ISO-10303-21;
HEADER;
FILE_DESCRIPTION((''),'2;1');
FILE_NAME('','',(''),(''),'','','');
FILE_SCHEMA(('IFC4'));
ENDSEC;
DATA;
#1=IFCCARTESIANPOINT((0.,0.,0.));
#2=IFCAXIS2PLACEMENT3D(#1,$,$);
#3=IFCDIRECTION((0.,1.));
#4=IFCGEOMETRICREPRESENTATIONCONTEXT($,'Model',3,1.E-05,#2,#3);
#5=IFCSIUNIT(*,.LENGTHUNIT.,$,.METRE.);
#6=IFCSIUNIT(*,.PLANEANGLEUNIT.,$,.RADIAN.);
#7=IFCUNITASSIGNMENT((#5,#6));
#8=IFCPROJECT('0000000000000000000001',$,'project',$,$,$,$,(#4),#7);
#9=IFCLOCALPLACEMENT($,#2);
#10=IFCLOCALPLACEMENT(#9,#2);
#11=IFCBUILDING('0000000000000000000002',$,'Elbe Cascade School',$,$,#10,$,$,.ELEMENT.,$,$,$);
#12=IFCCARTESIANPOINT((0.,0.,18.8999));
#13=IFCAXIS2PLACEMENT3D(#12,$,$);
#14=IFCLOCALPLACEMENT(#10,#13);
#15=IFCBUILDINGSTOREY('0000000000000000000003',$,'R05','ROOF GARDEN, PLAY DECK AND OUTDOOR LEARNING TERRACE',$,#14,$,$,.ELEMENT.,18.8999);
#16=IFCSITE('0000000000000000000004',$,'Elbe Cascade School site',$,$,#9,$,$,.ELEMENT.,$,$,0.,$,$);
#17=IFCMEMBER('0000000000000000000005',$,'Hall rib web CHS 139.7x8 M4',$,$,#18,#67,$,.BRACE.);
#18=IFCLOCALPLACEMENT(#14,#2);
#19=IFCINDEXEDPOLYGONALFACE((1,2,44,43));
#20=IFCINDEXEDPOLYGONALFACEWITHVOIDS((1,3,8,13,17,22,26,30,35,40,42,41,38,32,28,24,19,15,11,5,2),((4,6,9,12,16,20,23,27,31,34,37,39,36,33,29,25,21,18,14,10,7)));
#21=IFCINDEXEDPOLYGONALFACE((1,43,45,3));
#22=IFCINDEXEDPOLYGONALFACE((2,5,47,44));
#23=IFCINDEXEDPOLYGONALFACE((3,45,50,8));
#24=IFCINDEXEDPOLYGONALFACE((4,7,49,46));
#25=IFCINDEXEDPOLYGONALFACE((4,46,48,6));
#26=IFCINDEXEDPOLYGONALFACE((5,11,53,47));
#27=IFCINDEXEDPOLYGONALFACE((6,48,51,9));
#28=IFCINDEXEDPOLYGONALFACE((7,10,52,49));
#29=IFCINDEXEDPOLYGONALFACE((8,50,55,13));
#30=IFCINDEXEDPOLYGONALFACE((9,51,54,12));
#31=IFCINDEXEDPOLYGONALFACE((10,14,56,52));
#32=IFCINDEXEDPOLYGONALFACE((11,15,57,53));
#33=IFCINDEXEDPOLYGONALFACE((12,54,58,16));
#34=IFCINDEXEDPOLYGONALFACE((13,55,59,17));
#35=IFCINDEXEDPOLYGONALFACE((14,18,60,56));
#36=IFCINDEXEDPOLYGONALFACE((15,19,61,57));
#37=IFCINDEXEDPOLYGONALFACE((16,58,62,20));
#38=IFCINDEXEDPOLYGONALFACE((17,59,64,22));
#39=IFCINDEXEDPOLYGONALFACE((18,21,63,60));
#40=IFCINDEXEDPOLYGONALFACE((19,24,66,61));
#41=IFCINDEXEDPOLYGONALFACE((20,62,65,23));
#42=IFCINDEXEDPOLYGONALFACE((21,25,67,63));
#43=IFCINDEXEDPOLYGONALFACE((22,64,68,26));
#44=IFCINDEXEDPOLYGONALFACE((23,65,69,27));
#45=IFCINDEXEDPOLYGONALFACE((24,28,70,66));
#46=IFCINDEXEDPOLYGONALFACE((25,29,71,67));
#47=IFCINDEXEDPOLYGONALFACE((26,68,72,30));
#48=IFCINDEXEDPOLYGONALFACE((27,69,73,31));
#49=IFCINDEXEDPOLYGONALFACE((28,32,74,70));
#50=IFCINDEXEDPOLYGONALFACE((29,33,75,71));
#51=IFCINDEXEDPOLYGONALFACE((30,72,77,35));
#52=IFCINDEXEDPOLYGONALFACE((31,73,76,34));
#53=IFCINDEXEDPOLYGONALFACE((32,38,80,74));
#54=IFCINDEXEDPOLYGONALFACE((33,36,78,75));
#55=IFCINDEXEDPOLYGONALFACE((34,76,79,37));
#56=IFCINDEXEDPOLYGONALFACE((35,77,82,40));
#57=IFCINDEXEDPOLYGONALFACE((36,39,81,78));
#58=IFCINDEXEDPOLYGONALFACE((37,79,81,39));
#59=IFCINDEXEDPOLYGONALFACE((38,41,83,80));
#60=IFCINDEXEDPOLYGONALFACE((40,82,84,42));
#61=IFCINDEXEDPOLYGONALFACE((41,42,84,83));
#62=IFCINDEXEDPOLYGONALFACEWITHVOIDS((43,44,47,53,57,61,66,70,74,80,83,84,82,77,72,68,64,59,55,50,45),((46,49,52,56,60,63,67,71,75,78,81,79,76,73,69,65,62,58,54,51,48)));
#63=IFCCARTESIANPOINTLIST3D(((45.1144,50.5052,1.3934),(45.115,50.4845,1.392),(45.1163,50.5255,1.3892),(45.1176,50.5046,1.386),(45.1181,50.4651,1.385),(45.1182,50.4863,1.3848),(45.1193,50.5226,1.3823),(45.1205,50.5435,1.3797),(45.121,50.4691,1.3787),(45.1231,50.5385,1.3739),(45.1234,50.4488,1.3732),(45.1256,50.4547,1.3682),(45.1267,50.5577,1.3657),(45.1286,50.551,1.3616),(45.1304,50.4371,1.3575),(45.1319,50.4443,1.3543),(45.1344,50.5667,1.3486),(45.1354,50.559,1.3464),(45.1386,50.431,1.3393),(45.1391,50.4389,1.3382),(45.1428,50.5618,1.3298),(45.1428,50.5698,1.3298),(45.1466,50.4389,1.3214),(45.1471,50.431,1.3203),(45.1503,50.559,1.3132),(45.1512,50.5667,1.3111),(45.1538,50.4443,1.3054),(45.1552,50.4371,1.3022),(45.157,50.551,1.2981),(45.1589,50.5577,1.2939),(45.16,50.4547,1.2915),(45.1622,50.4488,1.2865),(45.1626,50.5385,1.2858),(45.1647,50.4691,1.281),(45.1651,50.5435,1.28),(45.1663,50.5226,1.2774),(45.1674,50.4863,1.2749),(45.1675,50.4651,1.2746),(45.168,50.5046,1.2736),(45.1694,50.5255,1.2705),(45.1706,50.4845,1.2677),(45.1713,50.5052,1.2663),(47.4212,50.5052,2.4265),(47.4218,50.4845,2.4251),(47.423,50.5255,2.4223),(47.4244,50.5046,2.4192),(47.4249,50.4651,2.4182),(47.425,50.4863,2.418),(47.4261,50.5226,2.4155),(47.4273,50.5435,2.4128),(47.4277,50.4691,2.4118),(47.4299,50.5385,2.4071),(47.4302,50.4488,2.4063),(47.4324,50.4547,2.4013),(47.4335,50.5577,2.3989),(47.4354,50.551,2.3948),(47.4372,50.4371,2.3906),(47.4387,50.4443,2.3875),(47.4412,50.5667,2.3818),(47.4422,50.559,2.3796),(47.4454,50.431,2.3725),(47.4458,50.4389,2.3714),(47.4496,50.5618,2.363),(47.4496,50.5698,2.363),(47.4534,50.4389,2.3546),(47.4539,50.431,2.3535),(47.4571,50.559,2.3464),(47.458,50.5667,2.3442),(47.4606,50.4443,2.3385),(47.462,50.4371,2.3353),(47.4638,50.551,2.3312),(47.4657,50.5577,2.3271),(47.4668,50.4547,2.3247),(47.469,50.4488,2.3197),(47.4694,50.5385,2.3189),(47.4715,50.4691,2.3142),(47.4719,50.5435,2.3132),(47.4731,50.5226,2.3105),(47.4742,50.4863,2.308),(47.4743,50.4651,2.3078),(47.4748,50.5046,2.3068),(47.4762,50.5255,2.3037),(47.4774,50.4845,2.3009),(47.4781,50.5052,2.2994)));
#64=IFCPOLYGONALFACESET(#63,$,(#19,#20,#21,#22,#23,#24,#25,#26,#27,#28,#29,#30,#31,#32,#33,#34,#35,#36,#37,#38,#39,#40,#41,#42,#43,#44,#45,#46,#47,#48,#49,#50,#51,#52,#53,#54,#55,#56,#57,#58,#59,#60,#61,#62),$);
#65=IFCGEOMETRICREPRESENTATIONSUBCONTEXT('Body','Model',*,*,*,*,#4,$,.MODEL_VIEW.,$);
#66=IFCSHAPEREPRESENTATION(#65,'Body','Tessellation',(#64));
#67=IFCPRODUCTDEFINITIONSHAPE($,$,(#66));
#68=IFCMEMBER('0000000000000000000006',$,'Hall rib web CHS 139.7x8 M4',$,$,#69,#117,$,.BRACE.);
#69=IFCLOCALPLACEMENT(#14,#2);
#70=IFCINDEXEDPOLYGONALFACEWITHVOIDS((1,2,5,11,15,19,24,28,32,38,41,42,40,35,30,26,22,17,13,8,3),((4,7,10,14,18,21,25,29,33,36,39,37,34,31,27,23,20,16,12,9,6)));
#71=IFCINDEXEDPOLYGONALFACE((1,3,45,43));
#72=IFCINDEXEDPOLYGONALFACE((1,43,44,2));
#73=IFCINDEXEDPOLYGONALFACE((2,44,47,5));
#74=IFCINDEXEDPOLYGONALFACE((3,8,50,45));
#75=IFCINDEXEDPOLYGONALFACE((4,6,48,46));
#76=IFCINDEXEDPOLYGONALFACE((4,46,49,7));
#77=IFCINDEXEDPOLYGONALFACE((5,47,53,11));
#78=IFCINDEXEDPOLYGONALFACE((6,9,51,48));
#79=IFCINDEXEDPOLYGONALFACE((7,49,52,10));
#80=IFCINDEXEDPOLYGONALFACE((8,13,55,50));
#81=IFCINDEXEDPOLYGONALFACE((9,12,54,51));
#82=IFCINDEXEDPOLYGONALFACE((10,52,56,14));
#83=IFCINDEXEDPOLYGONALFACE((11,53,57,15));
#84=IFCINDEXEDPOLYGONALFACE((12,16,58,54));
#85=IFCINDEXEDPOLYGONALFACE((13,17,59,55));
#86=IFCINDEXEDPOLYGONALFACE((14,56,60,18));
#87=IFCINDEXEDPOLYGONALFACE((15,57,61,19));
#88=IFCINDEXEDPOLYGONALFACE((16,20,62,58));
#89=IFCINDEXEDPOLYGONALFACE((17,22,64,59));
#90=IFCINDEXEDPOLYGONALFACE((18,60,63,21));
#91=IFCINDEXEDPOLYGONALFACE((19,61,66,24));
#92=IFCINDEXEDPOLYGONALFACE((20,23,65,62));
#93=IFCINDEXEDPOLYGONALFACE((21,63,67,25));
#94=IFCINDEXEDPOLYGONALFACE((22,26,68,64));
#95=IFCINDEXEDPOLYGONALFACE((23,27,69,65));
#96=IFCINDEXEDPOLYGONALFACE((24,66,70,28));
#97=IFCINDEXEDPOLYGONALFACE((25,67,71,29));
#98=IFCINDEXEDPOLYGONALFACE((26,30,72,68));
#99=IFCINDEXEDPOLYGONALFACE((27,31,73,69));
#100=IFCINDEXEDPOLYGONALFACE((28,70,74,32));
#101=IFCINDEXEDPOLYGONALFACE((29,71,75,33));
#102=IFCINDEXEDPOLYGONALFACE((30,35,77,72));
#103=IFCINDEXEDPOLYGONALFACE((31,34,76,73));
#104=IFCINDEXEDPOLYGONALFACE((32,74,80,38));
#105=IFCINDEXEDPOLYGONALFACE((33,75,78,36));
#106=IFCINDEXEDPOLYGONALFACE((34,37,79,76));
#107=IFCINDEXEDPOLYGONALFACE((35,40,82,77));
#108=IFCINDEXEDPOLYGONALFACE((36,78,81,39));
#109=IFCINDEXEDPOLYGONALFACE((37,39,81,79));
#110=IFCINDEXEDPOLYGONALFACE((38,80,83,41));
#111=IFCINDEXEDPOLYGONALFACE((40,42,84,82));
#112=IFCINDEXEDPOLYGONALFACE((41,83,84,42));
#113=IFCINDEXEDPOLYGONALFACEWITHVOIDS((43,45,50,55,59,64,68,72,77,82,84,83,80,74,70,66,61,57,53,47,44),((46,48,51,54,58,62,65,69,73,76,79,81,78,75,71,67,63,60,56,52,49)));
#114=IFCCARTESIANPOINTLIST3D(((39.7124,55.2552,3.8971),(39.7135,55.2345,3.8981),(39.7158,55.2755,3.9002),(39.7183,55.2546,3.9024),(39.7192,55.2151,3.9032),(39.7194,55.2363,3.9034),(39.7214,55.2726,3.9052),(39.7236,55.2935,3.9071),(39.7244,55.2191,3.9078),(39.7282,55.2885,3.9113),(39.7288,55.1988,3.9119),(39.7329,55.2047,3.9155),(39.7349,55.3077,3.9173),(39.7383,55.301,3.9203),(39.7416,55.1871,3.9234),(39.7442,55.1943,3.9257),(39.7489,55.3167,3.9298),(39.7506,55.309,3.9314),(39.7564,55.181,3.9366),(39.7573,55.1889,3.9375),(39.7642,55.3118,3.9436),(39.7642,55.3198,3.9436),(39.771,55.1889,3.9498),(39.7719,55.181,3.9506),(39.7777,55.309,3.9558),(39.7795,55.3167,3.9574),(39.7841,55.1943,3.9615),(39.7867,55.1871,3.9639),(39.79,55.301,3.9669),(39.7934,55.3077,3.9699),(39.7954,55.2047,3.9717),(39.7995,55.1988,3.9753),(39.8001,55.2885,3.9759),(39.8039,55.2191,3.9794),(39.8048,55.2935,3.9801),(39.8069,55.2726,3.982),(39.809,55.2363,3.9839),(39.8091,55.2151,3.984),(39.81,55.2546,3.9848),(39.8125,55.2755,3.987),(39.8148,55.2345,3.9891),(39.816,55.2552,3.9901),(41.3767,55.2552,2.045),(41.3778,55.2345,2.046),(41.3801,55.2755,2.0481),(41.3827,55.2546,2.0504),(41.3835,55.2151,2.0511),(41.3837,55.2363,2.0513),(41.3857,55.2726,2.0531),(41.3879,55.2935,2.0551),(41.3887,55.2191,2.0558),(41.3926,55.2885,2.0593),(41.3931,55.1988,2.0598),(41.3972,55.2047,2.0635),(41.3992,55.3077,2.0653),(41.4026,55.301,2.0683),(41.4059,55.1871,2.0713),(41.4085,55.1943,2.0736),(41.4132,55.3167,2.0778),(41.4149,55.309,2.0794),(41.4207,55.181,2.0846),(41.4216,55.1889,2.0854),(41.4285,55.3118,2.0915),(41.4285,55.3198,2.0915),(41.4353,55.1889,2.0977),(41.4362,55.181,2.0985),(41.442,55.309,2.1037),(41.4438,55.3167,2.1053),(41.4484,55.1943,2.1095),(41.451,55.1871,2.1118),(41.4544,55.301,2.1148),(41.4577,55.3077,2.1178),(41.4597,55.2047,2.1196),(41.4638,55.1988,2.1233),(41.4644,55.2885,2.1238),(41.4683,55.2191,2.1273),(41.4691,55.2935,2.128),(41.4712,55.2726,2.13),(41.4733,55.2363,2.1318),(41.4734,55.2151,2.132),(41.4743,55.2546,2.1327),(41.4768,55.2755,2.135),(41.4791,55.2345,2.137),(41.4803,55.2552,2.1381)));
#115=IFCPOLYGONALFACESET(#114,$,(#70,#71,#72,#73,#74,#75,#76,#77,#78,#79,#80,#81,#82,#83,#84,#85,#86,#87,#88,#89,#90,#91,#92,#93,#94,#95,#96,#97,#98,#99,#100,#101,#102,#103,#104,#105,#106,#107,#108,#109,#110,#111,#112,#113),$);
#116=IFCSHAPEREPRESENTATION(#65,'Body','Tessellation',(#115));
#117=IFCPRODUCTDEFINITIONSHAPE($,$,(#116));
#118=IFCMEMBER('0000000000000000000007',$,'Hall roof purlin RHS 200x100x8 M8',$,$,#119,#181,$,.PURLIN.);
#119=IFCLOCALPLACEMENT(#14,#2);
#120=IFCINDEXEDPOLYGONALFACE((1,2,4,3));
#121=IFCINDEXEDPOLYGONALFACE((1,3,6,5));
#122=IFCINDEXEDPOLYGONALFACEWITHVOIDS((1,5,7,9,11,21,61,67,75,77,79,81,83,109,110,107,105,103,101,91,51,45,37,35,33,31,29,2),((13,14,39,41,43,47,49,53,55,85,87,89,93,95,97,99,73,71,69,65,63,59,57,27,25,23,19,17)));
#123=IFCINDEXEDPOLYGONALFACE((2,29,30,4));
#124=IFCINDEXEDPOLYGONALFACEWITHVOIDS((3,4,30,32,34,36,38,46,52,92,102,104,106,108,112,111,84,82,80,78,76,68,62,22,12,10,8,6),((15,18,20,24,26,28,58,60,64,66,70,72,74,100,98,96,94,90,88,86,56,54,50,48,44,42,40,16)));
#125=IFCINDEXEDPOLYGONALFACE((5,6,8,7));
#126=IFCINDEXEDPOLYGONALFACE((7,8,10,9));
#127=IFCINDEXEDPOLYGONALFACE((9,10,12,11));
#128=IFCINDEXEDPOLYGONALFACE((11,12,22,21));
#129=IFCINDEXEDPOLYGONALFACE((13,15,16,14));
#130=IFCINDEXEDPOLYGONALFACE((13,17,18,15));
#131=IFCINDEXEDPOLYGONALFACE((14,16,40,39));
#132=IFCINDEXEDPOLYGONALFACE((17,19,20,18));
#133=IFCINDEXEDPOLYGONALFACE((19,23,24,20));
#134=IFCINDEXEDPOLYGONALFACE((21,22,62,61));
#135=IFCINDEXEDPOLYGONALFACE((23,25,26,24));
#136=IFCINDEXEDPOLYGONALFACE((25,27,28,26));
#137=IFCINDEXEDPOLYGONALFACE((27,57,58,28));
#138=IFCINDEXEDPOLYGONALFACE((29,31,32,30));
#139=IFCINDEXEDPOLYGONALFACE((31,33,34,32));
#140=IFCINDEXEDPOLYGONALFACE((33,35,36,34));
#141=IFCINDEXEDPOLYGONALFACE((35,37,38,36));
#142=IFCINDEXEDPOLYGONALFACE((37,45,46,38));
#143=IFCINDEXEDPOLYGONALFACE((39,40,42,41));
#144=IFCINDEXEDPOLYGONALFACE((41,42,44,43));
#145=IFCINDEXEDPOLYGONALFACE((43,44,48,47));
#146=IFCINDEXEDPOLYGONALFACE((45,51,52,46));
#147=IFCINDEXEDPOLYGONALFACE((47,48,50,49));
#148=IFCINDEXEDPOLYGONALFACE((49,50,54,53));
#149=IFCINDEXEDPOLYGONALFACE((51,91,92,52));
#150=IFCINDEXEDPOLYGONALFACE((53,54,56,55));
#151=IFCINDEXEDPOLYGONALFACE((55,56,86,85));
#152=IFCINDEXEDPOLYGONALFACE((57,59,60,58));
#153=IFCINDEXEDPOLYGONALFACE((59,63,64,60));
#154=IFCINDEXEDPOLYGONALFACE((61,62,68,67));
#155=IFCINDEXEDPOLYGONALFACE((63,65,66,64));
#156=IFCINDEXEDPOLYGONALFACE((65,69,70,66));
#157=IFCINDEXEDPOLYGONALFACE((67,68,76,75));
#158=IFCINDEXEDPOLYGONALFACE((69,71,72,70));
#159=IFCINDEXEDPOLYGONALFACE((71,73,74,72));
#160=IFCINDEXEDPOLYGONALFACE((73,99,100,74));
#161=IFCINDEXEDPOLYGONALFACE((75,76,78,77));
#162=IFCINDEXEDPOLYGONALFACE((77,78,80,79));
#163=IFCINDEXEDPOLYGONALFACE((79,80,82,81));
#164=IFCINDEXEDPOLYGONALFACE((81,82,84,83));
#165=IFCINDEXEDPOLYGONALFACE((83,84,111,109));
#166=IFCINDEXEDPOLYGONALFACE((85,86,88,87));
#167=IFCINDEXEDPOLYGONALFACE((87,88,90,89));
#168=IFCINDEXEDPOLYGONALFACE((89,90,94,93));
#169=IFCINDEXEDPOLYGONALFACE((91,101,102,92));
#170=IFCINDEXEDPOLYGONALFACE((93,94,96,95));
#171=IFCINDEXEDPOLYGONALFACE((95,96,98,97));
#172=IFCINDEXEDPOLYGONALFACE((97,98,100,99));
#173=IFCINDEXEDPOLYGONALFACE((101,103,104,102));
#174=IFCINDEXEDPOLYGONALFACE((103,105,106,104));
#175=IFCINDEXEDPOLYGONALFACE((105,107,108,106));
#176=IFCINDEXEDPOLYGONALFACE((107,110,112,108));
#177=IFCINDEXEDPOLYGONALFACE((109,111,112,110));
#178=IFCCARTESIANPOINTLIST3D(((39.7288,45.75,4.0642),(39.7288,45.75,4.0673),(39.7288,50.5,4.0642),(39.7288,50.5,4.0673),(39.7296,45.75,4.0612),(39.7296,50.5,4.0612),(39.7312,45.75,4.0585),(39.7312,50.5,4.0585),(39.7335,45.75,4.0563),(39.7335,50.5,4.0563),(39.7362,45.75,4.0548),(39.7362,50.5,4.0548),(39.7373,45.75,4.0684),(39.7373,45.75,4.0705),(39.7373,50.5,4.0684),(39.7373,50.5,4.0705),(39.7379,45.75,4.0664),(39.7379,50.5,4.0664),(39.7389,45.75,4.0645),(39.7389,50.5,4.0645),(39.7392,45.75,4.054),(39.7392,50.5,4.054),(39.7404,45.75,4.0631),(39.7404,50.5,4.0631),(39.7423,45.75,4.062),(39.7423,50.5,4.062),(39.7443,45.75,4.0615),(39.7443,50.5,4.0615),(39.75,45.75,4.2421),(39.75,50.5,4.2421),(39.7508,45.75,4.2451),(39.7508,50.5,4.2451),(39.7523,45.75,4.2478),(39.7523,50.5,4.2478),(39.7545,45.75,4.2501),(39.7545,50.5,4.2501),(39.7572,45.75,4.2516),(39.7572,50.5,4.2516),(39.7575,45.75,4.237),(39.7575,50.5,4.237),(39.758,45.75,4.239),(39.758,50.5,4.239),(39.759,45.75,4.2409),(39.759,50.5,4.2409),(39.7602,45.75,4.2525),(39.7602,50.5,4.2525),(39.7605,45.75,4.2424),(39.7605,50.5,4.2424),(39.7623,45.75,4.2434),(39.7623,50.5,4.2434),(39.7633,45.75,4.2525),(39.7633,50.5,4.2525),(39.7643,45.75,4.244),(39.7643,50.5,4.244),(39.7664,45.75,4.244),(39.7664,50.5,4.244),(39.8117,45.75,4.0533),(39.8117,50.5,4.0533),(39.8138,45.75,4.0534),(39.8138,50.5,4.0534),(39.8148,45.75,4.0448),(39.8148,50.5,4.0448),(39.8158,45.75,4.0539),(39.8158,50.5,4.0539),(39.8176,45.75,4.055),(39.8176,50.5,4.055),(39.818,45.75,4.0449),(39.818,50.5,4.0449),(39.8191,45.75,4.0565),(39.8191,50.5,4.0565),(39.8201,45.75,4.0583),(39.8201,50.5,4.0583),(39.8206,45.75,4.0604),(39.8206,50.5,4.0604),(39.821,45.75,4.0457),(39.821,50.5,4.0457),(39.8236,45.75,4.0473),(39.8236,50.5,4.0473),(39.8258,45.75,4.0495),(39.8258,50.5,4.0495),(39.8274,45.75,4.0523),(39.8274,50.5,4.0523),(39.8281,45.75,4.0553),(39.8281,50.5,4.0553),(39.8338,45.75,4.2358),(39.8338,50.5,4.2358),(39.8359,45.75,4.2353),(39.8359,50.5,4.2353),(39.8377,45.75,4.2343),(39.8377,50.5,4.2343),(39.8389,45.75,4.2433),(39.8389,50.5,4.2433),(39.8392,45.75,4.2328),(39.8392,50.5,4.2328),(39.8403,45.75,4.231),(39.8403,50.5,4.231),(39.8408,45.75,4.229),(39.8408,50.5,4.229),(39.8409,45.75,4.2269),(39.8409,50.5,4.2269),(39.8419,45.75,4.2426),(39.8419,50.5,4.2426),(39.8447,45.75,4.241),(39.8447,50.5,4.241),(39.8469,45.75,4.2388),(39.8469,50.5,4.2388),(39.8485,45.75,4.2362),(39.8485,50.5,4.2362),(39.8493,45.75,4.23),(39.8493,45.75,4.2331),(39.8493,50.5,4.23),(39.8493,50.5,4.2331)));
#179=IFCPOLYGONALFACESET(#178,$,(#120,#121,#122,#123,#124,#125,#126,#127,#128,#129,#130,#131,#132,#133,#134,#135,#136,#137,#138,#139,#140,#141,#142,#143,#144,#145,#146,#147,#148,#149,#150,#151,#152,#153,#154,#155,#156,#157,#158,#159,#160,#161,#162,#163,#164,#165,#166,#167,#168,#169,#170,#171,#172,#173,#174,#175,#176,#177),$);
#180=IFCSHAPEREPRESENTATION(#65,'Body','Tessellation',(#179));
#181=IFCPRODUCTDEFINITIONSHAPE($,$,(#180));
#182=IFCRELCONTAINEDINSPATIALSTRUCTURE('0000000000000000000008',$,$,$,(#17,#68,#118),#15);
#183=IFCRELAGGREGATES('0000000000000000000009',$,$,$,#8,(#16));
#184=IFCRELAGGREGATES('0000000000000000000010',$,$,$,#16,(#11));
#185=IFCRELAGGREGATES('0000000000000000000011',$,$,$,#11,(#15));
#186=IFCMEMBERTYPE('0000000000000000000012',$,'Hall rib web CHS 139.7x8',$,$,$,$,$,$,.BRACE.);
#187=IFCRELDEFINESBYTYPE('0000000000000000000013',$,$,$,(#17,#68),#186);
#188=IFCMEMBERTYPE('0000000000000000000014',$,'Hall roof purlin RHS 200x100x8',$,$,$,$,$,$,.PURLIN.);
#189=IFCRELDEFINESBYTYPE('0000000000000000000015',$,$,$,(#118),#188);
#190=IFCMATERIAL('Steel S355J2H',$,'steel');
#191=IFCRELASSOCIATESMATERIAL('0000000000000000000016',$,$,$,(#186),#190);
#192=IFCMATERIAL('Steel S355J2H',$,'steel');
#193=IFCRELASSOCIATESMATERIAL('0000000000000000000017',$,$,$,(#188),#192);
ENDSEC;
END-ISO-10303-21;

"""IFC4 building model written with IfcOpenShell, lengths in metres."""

from ifc_helpers import new_model, si_unit, direction, frame, origin, origin_2d, place, context, subcontext, project, spatial, hollow_rectangle, hollow_circle, extrude, material, material_profile, profile_set, type_object, element, save


model = new_model("IFC4")

# Units and contexts
model_context = context("Model", 3, precision=1e-05, world=origin(), true_north=direction((0.0, 1.0)))
body_context = subcontext(model_context, "Body", "Model", "MODEL_VIEW")
ifc_project = project(units=[si_unit("LENGTHUNIT", "METRE"), si_unit("PLANEANGLEUNIT", "RADIAN")], contexts=[model_context])

# Site, building, storey
site_placement = place(None, origin())
site = spatial("IfcSite", under=ifc_project, at=site_placement, Name="Elbe Cascade School site", CompositionType="ELEMENT", RefElevation=0.0)
building_placement = place(site_placement, origin())
building = spatial("IfcBuilding", under=site, at=building_placement, Name="Elbe Cascade School", CompositionType="ELEMENT")
storey_placement = place(building_placement, frame((0.0, 0.0, 18.8999)))
storey = spatial("IfcBuildingStorey", under=building, at=storey_placement, Name="R05", Description="ROOF GARDEN, PLAY DECK AND OUTDOOR LEARNING TERRACE", CompositionType="ELEMENT", Elevation=18.8999)

# Members
ifc_material_1 = material(Name="Steel S355J2H", Category="steel")
ifc_material_profile_1 = material_profile(ifc_material_1, hollow_circle(Radius=0.0698, WallThickness=0.0081, at=origin_2d()), Name="CHS 139.7x8")
ifc_profile_set_1 = profile_set([ifc_material_profile_1], Name="Steel S355J2H")
member_type_1 = type_object("IfcMemberType", Name="Hall rib web CHS 139.7x8", PredefinedType="BRACE", material=ifc_profile_set_1)
member_1_placement = place(storey_placement, frame((45.1428, 50.5, 1.3298), z_axis=(0.912645, 0.0, 0.408754), x_axis=(0.0, 1.0, 0.0)))
element("IfcMember", 1, at=member_1_placement, inside=storey, type_object=member_type_1, Name="Hall rib web CHS 139.7x8 M4", PredefinedType="BRACE", context=body_context, shape_type="SweptSolid", body=[
    extrude(hollow_circle(Radius=0.0698, WallThickness=0.0081, at=origin_2d()), origin(), (0.0, 0.0, 1.0), 2.5276),
])
member_2_placement = place(storey_placement, frame((39.7642, 55.25, 3.9436), z_axis=(0.668401, 0.0, -0.743801), x_axis=(0.0, 1.0, 0.0)))
element("IfcMember", 2, at=member_2_placement, inside=storey, type_object=member_type_1, Name="Hall rib web CHS 139.7x8 M4", PredefinedType="BRACE", context=body_context, shape_type="SweptSolid", body=[
    extrude(hollow_circle(Radius=0.0698, WallThickness=0.0081, at=origin_2d()), origin(), (0.0, 0.0, 1.0), 2.49),
])
ifc_material_2 = material(Name="Steel S355J2H", Category="steel")
ifc_material_profile_2 = material_profile(ifc_material_2, hollow_rectangle(XDim=0.1001, YDim=0.2, WallThickness=0.0081, InnerFilletRadius=0.0081, OuterFilletRadius=0.012, at=origin_2d()), Name="RHS 200x100x8")
ifc_profile_set_2 = profile_set([ifc_material_profile_2], Name="Steel S355J2H")
member_type_2 = type_object("IfcMemberType", Name="Hall roof purlin RHS 200x100x8", PredefinedType="PURLIN", material=ifc_profile_set_2)
for number, where, z_axis, x_axis, name in (
    (3, (39.7891, 45.75, 4.1487), (0.0, 1.0, 0.0), (-0.992718, 0.0, 0.120463), "Hall roof purlin RHS 200x100x8 M8"),
):
    element("IfcMember", number, at=place(storey_placement, frame(where, z_axis=z_axis, x_axis=x_axis)), inside=storey, type_object=member_type_2, Name=name, PredefinedType="PURLIN", context=body_context, shape_type="SweptSolid", body=[
        extrude(hollow_rectangle(XDim=0.1001, YDim=0.2, WallThickness=0.0081, InnerFilletRadius=0.0081, OuterFilletRadius=0.012, at=origin_2d()), origin(), (0.0, 0.0, 1.0), 4.75),
    ])

save(model, "model.ifc")
